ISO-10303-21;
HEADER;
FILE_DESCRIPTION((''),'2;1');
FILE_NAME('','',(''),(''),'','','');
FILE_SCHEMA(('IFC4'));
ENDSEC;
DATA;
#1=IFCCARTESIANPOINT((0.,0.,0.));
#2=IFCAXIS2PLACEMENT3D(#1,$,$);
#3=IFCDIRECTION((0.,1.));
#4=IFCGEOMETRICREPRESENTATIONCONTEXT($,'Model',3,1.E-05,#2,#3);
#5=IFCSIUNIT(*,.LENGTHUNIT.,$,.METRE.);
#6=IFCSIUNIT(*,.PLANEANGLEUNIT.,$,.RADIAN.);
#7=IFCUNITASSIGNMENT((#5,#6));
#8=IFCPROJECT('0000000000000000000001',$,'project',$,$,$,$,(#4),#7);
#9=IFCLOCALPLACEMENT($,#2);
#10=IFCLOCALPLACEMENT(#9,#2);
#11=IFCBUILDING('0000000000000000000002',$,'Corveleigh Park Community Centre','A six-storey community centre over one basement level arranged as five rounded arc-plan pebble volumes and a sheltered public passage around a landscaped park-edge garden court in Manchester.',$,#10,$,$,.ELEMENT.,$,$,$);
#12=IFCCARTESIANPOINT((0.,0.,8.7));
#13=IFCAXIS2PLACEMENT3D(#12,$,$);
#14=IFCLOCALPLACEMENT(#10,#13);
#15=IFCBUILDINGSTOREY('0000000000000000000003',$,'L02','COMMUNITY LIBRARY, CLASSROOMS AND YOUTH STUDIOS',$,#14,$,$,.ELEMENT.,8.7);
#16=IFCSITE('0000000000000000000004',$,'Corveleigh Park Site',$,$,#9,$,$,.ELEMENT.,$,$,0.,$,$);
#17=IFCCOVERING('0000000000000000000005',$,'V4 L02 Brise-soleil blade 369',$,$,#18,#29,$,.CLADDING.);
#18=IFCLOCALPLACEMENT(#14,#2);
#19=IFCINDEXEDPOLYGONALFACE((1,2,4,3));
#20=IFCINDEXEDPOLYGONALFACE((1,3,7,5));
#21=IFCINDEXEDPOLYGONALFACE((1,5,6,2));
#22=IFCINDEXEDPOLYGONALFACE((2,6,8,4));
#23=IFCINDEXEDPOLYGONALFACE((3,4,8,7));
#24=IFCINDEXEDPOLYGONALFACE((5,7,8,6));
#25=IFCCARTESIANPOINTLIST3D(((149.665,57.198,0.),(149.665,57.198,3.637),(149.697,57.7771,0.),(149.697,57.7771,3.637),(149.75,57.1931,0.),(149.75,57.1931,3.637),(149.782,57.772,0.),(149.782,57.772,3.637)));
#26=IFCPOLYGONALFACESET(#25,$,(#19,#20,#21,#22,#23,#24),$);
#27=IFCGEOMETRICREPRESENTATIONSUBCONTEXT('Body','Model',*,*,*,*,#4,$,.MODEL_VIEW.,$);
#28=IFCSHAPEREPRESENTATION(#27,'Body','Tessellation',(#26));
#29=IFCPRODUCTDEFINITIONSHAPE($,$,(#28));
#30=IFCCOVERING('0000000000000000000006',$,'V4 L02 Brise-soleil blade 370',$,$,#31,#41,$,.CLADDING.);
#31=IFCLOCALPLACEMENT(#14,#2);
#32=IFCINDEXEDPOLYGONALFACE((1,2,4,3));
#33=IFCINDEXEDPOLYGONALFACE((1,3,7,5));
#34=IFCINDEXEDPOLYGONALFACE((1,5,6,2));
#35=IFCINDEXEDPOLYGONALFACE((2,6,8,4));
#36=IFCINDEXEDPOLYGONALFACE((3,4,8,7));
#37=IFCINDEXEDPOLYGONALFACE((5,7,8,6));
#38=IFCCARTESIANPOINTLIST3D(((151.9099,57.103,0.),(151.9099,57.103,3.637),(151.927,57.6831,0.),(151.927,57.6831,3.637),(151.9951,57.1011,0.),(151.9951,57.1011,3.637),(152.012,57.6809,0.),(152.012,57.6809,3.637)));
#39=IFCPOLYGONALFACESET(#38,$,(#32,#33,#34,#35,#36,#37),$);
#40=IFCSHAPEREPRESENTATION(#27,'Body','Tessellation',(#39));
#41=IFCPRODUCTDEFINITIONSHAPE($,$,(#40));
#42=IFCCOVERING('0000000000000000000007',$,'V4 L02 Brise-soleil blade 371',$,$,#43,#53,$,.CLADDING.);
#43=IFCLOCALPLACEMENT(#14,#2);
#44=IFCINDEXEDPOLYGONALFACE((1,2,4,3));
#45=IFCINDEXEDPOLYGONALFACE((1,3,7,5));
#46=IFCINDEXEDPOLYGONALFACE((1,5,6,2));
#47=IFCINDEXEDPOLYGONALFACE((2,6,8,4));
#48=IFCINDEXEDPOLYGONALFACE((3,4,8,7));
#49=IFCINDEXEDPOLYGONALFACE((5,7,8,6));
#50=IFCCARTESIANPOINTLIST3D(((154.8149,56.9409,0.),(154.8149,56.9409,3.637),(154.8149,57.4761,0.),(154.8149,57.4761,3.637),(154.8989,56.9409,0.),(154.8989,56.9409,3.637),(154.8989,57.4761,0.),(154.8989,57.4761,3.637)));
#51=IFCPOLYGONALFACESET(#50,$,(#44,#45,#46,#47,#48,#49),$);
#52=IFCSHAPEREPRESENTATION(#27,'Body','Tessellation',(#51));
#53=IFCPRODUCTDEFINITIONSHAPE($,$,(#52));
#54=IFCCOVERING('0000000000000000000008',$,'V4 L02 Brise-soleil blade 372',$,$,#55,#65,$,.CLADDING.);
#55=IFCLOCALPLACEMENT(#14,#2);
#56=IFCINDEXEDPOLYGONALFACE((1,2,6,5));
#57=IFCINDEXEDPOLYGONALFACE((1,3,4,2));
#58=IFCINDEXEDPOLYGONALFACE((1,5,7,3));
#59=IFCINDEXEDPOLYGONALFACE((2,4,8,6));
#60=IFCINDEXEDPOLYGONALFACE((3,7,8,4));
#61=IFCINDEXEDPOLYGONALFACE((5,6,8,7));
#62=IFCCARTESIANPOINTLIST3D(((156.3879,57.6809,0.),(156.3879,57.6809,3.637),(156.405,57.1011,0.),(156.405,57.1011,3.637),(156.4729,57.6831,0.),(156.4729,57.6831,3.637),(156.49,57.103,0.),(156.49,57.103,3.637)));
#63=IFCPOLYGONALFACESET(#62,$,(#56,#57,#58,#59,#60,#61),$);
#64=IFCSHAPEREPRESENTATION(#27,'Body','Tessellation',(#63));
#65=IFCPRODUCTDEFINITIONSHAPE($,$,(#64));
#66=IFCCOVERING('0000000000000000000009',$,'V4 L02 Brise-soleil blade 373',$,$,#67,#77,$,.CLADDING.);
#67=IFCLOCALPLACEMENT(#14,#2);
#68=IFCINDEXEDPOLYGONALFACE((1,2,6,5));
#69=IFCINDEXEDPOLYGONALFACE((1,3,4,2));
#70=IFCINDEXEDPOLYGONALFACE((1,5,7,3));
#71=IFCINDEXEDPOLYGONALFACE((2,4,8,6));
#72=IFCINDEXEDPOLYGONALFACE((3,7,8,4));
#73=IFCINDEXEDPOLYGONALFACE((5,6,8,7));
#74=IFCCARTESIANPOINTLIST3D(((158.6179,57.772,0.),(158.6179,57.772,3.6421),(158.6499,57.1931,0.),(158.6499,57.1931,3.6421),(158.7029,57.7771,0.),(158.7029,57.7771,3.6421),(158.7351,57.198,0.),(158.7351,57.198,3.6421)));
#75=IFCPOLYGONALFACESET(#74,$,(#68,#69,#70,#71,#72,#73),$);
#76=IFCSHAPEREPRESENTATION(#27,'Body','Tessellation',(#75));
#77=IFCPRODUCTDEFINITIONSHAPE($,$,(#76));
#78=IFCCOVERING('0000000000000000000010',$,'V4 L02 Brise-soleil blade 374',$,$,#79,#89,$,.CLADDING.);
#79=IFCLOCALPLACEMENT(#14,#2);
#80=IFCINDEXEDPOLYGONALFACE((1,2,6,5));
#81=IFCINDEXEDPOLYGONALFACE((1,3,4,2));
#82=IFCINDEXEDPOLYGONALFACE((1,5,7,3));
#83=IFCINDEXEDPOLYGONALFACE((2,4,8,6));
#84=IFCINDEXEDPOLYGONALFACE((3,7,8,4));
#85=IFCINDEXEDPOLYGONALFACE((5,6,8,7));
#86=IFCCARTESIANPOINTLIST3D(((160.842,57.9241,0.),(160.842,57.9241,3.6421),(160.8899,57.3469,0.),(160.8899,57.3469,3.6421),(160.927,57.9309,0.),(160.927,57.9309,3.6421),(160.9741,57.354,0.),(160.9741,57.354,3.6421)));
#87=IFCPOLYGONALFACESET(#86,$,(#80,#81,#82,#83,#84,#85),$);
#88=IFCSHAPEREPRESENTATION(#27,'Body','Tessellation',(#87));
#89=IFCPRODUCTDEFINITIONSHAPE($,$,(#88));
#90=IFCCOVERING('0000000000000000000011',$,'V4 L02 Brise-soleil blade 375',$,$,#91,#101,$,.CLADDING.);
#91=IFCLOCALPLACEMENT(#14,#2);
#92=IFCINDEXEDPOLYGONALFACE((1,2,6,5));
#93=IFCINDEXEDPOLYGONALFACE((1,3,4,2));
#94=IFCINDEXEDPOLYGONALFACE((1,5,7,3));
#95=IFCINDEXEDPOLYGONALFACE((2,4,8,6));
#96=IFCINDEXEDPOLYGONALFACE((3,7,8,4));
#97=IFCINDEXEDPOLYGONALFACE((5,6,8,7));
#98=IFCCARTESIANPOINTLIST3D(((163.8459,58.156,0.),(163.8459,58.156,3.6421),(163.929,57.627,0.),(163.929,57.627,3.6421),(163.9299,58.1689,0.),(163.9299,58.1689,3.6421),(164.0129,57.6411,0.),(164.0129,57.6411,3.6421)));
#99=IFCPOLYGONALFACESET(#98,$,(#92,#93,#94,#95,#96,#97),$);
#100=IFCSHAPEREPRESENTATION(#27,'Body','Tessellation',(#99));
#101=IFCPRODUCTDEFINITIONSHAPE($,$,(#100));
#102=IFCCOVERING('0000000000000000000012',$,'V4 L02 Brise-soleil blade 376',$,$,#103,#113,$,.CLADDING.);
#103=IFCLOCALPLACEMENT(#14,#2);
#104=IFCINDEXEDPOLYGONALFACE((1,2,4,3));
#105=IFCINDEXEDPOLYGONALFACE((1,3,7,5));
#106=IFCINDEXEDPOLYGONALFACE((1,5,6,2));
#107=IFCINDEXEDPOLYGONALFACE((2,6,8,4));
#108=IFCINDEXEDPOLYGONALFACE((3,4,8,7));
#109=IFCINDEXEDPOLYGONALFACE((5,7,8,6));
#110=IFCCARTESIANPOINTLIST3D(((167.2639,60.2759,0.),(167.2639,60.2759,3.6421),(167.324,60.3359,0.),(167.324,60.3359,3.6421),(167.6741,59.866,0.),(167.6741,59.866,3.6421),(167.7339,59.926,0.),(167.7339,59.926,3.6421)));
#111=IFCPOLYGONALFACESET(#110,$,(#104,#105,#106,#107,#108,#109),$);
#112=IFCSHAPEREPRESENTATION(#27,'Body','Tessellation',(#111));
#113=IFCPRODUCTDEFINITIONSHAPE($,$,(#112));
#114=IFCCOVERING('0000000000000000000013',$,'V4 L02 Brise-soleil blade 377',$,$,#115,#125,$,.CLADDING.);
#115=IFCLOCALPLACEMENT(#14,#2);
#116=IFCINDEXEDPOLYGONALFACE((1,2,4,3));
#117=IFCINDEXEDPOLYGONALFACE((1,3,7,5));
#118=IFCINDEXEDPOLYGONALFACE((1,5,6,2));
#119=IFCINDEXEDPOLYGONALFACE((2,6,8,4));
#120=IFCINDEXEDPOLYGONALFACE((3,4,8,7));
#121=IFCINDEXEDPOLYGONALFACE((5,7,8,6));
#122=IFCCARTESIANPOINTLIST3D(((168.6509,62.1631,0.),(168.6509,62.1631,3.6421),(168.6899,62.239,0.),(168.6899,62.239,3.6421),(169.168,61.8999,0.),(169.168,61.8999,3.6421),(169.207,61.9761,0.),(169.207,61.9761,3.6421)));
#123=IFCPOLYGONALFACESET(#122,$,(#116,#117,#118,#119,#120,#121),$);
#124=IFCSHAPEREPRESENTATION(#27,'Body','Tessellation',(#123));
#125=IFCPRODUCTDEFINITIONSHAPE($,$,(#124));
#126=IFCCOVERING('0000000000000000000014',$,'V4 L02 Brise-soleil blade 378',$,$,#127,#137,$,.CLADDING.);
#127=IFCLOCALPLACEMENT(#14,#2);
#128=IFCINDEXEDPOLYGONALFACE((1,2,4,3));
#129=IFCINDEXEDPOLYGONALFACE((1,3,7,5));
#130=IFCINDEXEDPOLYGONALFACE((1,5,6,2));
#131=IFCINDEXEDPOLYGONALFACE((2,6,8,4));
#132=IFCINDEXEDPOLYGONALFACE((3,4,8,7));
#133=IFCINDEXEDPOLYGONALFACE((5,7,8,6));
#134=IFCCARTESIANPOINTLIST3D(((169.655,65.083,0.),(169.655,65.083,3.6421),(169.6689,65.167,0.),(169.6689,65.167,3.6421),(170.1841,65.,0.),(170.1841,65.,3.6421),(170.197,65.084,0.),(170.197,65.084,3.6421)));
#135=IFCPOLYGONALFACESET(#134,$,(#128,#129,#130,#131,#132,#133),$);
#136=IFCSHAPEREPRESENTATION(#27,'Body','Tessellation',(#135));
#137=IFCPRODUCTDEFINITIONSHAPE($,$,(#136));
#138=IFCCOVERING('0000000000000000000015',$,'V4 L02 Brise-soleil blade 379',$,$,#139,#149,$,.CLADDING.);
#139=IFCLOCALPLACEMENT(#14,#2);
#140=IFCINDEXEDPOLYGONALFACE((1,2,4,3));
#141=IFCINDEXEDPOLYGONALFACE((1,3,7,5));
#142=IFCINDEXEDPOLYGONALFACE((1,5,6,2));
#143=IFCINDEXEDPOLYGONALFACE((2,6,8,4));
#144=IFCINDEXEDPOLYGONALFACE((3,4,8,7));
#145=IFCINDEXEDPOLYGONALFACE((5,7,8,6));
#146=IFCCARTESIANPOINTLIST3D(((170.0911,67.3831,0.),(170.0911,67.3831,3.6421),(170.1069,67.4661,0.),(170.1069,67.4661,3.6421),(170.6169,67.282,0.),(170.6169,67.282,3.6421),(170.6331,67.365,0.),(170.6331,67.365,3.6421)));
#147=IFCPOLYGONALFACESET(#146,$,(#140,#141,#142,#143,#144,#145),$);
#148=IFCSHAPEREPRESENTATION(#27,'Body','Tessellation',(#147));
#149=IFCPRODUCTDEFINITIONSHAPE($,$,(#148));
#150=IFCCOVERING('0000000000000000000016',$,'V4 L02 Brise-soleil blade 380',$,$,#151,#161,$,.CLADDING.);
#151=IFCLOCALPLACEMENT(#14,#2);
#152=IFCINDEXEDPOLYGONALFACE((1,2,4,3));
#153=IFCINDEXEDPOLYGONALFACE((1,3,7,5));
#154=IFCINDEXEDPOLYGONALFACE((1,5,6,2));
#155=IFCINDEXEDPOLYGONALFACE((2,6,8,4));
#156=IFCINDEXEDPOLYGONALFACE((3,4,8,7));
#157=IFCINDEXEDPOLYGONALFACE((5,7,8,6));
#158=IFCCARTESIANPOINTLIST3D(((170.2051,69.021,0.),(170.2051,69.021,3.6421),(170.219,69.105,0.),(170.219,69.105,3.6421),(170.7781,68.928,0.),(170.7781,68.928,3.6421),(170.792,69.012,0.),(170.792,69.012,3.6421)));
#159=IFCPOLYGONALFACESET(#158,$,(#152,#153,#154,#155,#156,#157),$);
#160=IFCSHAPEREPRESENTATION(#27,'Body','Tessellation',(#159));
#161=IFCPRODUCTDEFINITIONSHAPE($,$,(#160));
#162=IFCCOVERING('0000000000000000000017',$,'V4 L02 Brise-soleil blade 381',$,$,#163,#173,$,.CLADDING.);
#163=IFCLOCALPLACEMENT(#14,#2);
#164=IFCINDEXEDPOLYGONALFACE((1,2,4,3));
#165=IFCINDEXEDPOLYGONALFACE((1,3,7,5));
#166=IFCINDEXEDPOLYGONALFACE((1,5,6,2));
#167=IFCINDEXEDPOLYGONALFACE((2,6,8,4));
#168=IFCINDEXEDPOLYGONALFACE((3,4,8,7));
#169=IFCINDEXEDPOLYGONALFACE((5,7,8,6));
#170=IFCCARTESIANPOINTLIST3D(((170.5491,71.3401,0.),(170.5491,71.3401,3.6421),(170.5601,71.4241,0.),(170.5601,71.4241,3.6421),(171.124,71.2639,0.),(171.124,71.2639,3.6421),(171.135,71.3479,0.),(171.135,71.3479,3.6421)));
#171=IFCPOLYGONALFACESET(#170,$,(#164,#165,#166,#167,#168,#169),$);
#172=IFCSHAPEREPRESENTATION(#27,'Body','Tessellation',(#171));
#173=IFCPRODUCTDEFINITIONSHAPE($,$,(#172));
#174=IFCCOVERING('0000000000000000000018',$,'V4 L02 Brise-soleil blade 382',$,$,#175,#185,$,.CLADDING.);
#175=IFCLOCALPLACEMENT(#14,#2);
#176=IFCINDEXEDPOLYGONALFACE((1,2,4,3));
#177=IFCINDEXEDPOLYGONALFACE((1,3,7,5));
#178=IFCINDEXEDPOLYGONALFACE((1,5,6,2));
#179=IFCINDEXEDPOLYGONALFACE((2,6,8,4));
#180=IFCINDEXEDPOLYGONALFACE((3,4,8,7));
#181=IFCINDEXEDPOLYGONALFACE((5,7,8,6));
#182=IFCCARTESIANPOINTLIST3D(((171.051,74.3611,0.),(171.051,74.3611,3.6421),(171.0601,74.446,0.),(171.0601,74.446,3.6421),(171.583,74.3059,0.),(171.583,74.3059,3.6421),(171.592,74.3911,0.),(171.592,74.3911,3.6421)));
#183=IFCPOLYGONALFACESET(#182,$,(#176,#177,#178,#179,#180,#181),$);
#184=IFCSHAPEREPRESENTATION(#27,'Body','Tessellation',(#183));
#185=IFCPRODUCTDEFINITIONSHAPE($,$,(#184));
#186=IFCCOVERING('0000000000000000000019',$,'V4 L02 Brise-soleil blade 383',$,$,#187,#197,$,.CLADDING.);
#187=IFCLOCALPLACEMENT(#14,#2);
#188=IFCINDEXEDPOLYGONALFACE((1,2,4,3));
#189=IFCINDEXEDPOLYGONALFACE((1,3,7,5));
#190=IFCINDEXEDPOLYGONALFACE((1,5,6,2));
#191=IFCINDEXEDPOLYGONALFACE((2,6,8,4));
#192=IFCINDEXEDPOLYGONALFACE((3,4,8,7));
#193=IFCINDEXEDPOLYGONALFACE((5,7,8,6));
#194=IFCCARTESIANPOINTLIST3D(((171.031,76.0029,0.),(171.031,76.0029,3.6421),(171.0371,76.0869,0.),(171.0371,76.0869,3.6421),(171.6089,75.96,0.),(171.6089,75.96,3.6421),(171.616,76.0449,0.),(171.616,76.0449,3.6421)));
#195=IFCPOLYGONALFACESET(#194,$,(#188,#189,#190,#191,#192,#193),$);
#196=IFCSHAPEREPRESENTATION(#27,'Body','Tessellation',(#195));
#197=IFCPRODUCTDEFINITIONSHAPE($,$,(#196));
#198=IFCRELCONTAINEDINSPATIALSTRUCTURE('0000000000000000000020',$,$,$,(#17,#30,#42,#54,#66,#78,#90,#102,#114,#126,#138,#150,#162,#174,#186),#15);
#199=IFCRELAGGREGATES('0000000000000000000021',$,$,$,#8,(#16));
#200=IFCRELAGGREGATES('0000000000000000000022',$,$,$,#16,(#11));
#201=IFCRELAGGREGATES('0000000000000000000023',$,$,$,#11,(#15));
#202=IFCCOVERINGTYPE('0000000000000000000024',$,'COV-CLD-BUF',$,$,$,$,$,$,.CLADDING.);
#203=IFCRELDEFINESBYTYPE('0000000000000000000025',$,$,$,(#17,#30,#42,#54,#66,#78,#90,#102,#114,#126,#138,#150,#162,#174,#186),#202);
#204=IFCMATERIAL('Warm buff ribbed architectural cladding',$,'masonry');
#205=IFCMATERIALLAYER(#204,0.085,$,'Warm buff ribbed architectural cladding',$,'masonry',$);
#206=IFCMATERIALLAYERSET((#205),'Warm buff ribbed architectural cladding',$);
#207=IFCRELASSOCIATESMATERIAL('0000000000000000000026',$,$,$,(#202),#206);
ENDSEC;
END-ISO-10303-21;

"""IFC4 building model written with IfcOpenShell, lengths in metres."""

from ifc_helpers import new_model, si_unit, direction, frame, origin, place, context, subcontext, project, spatial, polyline, outline, extrude, material, layer, layer_set, type_object, element, save


model = new_model("IFC4")

# Units and contexts
model_context = context("Model", 3, precision=1e-05, world=origin(), true_north=direction((0.0, 1.0)))
body_context = subcontext(model_context, "Body", "Model", "MODEL_VIEW")
ifc_project = project(units=[si_unit("LENGTHUNIT", "METRE"), si_unit("PLANEANGLEUNIT", "RADIAN")], contexts=[model_context])

# Site, building, storey
site_placement = place(None, origin())
site = spatial("IfcSite", under=ifc_project, at=site_placement, Name="Corveleigh Park Site", CompositionType="ELEMENT", RefElevation=0.0)
building_placement = place(site_placement, origin())
building = spatial("IfcBuilding", under=site, at=building_placement, Name="Corveleigh Park Community Centre", Description="A six-storey community centre over one basement level arranged as five rounded arc-plan pebble volumes and a sheltered public passage around a landscaped park-edge garden court in Manchester.", CompositionType="ELEMENT")
storey_placement = place(building_placement, frame((0.0, 0.0, 8.7)))
storey = spatial("IfcBuildingStorey", under=building, at=storey_placement, Name="L02", Description="COMMUNITY LIBRARY, CLASSROOMS AND YOUTH STUDIOS", CompositionType="ELEMENT", Elevation=8.7)

# Coverings
ifc_material = material(Name="Warm buff ribbed architectural cladding", Category="masonry")
ifc_layer = layer(ifc_material, 0.085, Name="Warm buff ribbed architectural cladding", Category="masonry")
ifc_layer_set = layer_set([ifc_layer], Name="Warm buff ribbed architectural cladding")
covering_type = type_object("IfcCoveringType", Name="COV-CLD-BUF", PredefinedType="CLADDING", material=ifc_layer_set)
covering_1_placement = place(storey_placement, origin())
element("IfcCovering", 1, at=covering_1_placement, inside=storey, type_object=covering_type, Name="V4 L02 Brise-soleil blade 369", PredefinedType="CLADDING", context=body_context, shape_type="SweptSolid", body=[
    extrude(outline(polyline([(149.782, 57.772), (149.697, 57.7771), (149.665, 57.198), (149.75, 57.1931), (149.782, 57.772)])), origin(), (0.0, 0.0, 1.0), 3.637),
])
covering_2_placement = place(storey_placement, origin())
element("IfcCovering", 2, at=covering_2_placement, inside=storey, type_object=covering_type, Name="V4 L02 Brise-soleil blade 370", PredefinedType="CLADDING", context=body_context, shape_type="SweptSolid", body=[
    extrude(outline(polyline([(152.012, 57.6809), (151.927, 57.6831), (151.9099, 57.103), (151.9951, 57.1011), (152.012, 57.6809)])), origin(), (0.0, 0.0, 1.0), 3.637),
])
covering_3_placement = place(storey_placement, origin())
element("IfcCovering", 3, at=covering_3_placement, inside=storey, type_object=covering_type, Name="V4 L02 Brise-soleil blade 371", PredefinedType="CLADDING", context=body_context, shape_type="SweptSolid", body=[
    extrude(outline(polyline([(154.8989, 57.4761), (154.8149, 57.4761), (154.8149, 56.9409), (154.8989, 56.9409), (154.8989, 57.4761)])), origin(), (0.0, 0.0, 1.0), 3.637),
])
covering_4_placement = place(storey_placement, origin())
element("IfcCovering", 4, at=covering_4_placement, inside=storey, type_object=covering_type, Name="V4 L02 Brise-soleil blade 372", PredefinedType="CLADDING", context=body_context, shape_type="SweptSolid", body=[
    extrude(outline(polyline([(156.4729, 57.6831), (156.3879, 57.6809), (156.405, 57.1011), (156.49, 57.103), (156.4729, 57.6831)])), origin(), (0.0, 0.0, 1.0), 3.637),
])
covering_5_placement = place(storey_placement, origin())
element("IfcCovering", 5, at=covering_5_placement, inside=storey, type_object=covering_type, Name="V4 L02 Brise-soleil blade 373", PredefinedType="CLADDING", context=body_context, shape_type="SweptSolid", body=[
    extrude(outline(polyline([(158.7029, 57.7771), (158.6179, 57.772), (158.6499, 57.1931), (158.7351, 57.198), (158.7029, 57.7771)])), origin(), (0.0, 0.0, 1.0), 3.6421),
])
covering_6_placement = place(storey_placement, origin())
element("IfcCovering", 6, at=covering_6_placement, inside=storey, type_object=covering_type, Name="V4 L02 Brise-soleil blade 374", PredefinedType="CLADDING", context=body_context, shape_type="SweptSolid", body=[
    extrude(outline(polyline([(160.927, 57.9309), (160.842, 57.9241), (160.8899, 57.3469), (160.9741, 57.354), (160.927, 57.9309)])), origin(), (0.0, 0.0, 1.0), 3.6421),
])
covering_7_placement = place(storey_placement, origin())
element("IfcCovering", 7, at=covering_7_placement, inside=storey, type_object=covering_type, Name="V4 L02 Brise-soleil blade 375", PredefinedType="CLADDING", context=body_context, shape_type="SweptSolid", body=[
    extrude(outline(polyline([(163.9299, 58.1689), (163.8459, 58.156), (163.929, 57.627), (164.0129, 57.6411), (163.9299, 58.1689)])), origin(), (0.0, 0.0, 1.0), 3.6421),
])
covering_8_placement = place(storey_placement, origin())
element("IfcCovering", 8, at=covering_8_placement, inside=storey, type_object=covering_type, Name="V4 L02 Brise-soleil blade 376", PredefinedType="CLADDING", context=body_context, shape_type="SweptSolid", body=[
    extrude(outline(polyline([(167.324, 60.3359), (167.2639, 60.2759), (167.6741, 59.866), (167.7339, 59.926), (167.324, 60.3359)])), origin(), (0.0, 0.0, 1.0), 3.6421),
])
covering_9_placement = place(storey_placement, origin())
element("IfcCovering", 9, at=covering_9_placement, inside=storey, type_object=covering_type, Name="V4 L02 Brise-soleil blade 377", PredefinedType="CLADDING", context=body_context, shape_type="SweptSolid", body=[
    extrude(outline(polyline([(168.6899, 62.239), (168.6509, 62.1631), (169.168, 61.8999), (169.207, 61.9761), (168.6899, 62.239)])), origin(), (0.0, 0.0, 1.0), 3.6421),
])
covering_10_placement = place(storey_placement, origin())
element("IfcCovering", 10, at=covering_10_placement, inside=storey, type_object=covering_type, Name="V4 L02 Brise-soleil blade 378", PredefinedType="CLADDING", context=body_context, shape_type="SweptSolid", body=[
    extrude(outline(polyline([(169.6689, 65.167), (169.655, 65.083), (170.1841, 65.0), (170.197, 65.084), (169.6689, 65.167)])), origin(), (0.0, 0.0, 1.0), 3.6421),
])
covering_11_placement = place(storey_placement, origin())
element("IfcCovering", 11, at=covering_11_placement, inside=storey, type_object=covering_type, Name="V4 L02 Brise-soleil blade 379", PredefinedType="CLADDING", context=body_context, shape_type="SweptSolid", body=[
    extrude(outline(polyline([(170.1069, 67.4661), (170.0911, 67.3831), (170.6169, 67.282), (170.6331, 67.365), (170.1069, 67.4661)])), origin(), (0.0, 0.0, 1.0), 3.6421),
])
covering_12_placement = place(storey_placement, origin())
element("IfcCovering", 12, at=covering_12_placement, inside=storey, type_object=covering_type, Name="V4 L02 Brise-soleil blade 380", PredefinedType="CLADDING", context=body_context, shape_type="SweptSolid", body=[
    extrude(outline(polyline([(170.219, 69.105), (170.2051, 69.021), (170.7781, 68.928), (170.792, 69.012), (170.219, 69.105)])), origin(), (0.0, 0.0, 1.0), 3.6421),
])
covering_13_placement = place(storey_placement, origin())
element("IfcCovering", 13, at=covering_13_placement, inside=storey, type_object=covering_type, Name="V4 L02 Brise-soleil blade 381", PredefinedType="CLADDING", context=body_context, shape_type="SweptSolid", body=[
    extrude(outline(polyline([(170.5601, 71.4241), (170.5491, 71.3401), (171.124, 71.2639), (171.135, 71.3479), (170.5601, 71.4241)])), origin(), (0.0, 0.0, 1.0), 3.6421),
])
covering_14_placement = place(storey_placement, origin())
element("IfcCovering", 14, at=covering_14_placement, inside=storey, type_object=covering_type, Name="V4 L02 Brise-soleil blade 382", PredefinedType="CLADDING", context=body_context, shape_type="SweptSolid", body=[
    extrude(outline(polyline([(171.0601, 74.446), (171.051, 74.3611), (171.583, 74.3059), (171.592, 74.3911), (171.0601, 74.446)])), origin(), (0.0, 0.0, 1.0), 3.6421),
])
covering_15_placement = place(storey_placement, origin())
element("IfcCovering", 15, at=covering_15_placement, inside=storey, type_object=covering_type, Name="V4 L02 Brise-soleil blade 383", PredefinedType="CLADDING", context=body_context, shape_type="SweptSolid", body=[
    extrude(outline(polyline([(171.0371, 76.0869), (171.031, 76.0029), (171.6089, 75.96), (171.616, 76.0449), (171.0371, 76.0869)])), origin(), (0.0, 0.0, 1.0), 3.6421),
])

save(model, "model.ifc")
